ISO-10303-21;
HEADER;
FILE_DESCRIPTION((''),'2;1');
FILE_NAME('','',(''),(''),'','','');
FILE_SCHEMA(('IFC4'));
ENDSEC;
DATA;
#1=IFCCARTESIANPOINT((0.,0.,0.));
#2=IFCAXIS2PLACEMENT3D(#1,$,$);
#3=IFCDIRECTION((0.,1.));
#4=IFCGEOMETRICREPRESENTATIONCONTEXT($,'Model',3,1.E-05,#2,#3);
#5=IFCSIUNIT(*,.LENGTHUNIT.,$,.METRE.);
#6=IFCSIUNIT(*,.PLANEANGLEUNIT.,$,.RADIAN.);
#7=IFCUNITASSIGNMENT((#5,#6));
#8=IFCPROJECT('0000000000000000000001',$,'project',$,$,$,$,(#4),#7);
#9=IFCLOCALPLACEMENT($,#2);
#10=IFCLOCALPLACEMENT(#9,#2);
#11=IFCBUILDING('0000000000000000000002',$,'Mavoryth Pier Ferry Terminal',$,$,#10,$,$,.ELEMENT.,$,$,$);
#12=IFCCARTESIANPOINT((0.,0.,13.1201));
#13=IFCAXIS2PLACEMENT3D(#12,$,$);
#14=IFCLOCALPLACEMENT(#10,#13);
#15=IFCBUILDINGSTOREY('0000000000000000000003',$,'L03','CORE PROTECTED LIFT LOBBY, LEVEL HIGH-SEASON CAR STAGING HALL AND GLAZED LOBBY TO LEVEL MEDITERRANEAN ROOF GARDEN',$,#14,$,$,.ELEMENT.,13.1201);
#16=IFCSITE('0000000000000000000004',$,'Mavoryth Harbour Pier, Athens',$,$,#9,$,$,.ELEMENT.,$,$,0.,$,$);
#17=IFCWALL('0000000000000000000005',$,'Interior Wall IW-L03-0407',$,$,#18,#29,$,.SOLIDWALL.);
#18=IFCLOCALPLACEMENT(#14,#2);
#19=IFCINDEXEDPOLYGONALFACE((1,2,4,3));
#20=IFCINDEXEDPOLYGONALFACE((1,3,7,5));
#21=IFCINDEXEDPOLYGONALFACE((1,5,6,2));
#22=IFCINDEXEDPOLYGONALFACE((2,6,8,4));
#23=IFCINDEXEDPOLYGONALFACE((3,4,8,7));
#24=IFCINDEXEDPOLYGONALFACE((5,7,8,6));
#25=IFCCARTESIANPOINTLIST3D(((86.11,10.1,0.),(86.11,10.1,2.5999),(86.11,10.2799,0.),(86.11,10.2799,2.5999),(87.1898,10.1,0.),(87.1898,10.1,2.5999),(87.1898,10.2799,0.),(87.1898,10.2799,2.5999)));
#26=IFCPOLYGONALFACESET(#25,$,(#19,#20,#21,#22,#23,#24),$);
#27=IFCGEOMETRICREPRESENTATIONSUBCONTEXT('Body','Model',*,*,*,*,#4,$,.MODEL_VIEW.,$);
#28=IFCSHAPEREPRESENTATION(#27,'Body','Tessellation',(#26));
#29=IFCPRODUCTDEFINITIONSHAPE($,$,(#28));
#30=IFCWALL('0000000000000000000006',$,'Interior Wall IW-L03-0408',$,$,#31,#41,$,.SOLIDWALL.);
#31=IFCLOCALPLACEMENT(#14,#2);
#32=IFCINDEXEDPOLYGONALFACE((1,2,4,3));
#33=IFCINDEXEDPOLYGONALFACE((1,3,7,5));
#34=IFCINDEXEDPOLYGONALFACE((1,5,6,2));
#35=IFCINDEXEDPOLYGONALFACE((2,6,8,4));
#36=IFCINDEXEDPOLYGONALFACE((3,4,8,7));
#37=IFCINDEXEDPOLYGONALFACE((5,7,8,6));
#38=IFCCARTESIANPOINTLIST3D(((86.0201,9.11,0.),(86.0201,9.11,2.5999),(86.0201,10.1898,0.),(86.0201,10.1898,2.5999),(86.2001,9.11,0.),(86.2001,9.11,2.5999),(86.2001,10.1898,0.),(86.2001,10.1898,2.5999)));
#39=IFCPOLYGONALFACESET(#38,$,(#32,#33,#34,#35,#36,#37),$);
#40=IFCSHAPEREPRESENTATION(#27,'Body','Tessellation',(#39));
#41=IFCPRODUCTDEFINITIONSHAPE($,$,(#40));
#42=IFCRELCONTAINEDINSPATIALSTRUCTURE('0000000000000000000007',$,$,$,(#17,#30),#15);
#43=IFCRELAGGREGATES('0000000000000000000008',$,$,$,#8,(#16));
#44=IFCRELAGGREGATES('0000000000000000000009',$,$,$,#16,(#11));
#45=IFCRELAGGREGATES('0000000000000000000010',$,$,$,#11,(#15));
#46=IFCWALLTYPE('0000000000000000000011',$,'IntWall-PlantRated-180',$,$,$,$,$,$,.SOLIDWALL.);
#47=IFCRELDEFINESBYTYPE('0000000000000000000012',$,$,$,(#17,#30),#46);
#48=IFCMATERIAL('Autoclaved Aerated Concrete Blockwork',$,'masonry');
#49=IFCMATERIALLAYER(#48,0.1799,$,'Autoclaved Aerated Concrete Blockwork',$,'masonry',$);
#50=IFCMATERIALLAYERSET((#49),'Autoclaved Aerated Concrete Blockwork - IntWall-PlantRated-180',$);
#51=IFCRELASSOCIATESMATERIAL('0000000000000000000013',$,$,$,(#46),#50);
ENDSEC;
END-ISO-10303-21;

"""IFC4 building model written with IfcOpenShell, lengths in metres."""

from ifc_helpers import new_model, si_unit, direction, frame, frame_2d, origin, place, context, subcontext, project, spatial, rectangle, extrude, material, layer, layer_set, type_object, element, save


model = new_model("IFC4")

# Units and contexts
model_context = context("Model", 3, precision=1e-05, world=origin(), true_north=direction((0.0, 1.0)))
body_context = subcontext(model_context, "Body", "Model", "MODEL_VIEW")
ifc_project = project(units=[si_unit("LENGTHUNIT", "METRE"), si_unit("PLANEANGLEUNIT", "RADIAN")], contexts=[model_context])

# Site, building, storey
site_placement = place(None, origin())
site = spatial("IfcSite", under=ifc_project, at=site_placement, Name="Mavoryth Harbour Pier, Athens", CompositionType="ELEMENT", RefElevation=0.0)
building_placement = place(site_placement, origin())
building = spatial("IfcBuilding", under=site, at=building_placement, Name="Mavoryth Pier Ferry Terminal", CompositionType="ELEMENT")
storey_placement = place(building_placement, frame((0.0, 0.0, 13.1201)))
storey = spatial("IfcBuildingStorey", under=building, at=storey_placement, Name="L03", Description="CORE PROTECTED LIFT LOBBY, LEVEL HIGH-SEASON CAR STAGING HALL AND GLAZED LOBBY TO LEVEL MEDITERRANEAN ROOF GARDEN", CompositionType="ELEMENT", Elevation=13.1201)

# Walls
ifc_material_1 = material(Name="Autoclaved Aerated Concrete Blockwork", Category="masonry")
ifc_layer_1 = layer(ifc_material_1, 0.1799, Name="Autoclaved Aerated Concrete Blockwork", Category="masonry")
ifc_layer_set_1 = layer_set([ifc_layer_1], Name="Autoclaved Aerated Concrete Blockwork - IntWall-PlantRated-180")
wall_type_1 = type_object("IfcWallType", Name="IntWall-PlantRated-180", PredefinedType="SOLIDWALL", material=ifc_layer_set_1)
for number, where, z_axis, x_axis, name in (
    (1, (87.1899, 10.1899, 0.0), (0.0, 0.0, 1.0), (-1.0, 0.0, 0.0), "Interior Wall IW-L03-0407"),
    (2, (86.1101, 10.1899, 0.0), (0.0, 0.0, 1.0), (0.0, -1.0, 0.0), "Interior Wall IW-L03-0408"),
):
    element("IfcWall", number, at=place(storey_placement, frame(where, z_axis=z_axis, x_axis=x_axis)), inside=storey, type_object=wall_type_1, Name=name, PredefinedType="SOLIDWALL", context=body_context, shape_type="SweptSolid", body=[
        extrude(rectangle(XDim=1.0798, YDim=0.1799, at=frame_2d((0.54, 0.0))), origin(), (0.0, 0.0, 1.0), 2.5999),
    ])

save(model, "model.ifc")
